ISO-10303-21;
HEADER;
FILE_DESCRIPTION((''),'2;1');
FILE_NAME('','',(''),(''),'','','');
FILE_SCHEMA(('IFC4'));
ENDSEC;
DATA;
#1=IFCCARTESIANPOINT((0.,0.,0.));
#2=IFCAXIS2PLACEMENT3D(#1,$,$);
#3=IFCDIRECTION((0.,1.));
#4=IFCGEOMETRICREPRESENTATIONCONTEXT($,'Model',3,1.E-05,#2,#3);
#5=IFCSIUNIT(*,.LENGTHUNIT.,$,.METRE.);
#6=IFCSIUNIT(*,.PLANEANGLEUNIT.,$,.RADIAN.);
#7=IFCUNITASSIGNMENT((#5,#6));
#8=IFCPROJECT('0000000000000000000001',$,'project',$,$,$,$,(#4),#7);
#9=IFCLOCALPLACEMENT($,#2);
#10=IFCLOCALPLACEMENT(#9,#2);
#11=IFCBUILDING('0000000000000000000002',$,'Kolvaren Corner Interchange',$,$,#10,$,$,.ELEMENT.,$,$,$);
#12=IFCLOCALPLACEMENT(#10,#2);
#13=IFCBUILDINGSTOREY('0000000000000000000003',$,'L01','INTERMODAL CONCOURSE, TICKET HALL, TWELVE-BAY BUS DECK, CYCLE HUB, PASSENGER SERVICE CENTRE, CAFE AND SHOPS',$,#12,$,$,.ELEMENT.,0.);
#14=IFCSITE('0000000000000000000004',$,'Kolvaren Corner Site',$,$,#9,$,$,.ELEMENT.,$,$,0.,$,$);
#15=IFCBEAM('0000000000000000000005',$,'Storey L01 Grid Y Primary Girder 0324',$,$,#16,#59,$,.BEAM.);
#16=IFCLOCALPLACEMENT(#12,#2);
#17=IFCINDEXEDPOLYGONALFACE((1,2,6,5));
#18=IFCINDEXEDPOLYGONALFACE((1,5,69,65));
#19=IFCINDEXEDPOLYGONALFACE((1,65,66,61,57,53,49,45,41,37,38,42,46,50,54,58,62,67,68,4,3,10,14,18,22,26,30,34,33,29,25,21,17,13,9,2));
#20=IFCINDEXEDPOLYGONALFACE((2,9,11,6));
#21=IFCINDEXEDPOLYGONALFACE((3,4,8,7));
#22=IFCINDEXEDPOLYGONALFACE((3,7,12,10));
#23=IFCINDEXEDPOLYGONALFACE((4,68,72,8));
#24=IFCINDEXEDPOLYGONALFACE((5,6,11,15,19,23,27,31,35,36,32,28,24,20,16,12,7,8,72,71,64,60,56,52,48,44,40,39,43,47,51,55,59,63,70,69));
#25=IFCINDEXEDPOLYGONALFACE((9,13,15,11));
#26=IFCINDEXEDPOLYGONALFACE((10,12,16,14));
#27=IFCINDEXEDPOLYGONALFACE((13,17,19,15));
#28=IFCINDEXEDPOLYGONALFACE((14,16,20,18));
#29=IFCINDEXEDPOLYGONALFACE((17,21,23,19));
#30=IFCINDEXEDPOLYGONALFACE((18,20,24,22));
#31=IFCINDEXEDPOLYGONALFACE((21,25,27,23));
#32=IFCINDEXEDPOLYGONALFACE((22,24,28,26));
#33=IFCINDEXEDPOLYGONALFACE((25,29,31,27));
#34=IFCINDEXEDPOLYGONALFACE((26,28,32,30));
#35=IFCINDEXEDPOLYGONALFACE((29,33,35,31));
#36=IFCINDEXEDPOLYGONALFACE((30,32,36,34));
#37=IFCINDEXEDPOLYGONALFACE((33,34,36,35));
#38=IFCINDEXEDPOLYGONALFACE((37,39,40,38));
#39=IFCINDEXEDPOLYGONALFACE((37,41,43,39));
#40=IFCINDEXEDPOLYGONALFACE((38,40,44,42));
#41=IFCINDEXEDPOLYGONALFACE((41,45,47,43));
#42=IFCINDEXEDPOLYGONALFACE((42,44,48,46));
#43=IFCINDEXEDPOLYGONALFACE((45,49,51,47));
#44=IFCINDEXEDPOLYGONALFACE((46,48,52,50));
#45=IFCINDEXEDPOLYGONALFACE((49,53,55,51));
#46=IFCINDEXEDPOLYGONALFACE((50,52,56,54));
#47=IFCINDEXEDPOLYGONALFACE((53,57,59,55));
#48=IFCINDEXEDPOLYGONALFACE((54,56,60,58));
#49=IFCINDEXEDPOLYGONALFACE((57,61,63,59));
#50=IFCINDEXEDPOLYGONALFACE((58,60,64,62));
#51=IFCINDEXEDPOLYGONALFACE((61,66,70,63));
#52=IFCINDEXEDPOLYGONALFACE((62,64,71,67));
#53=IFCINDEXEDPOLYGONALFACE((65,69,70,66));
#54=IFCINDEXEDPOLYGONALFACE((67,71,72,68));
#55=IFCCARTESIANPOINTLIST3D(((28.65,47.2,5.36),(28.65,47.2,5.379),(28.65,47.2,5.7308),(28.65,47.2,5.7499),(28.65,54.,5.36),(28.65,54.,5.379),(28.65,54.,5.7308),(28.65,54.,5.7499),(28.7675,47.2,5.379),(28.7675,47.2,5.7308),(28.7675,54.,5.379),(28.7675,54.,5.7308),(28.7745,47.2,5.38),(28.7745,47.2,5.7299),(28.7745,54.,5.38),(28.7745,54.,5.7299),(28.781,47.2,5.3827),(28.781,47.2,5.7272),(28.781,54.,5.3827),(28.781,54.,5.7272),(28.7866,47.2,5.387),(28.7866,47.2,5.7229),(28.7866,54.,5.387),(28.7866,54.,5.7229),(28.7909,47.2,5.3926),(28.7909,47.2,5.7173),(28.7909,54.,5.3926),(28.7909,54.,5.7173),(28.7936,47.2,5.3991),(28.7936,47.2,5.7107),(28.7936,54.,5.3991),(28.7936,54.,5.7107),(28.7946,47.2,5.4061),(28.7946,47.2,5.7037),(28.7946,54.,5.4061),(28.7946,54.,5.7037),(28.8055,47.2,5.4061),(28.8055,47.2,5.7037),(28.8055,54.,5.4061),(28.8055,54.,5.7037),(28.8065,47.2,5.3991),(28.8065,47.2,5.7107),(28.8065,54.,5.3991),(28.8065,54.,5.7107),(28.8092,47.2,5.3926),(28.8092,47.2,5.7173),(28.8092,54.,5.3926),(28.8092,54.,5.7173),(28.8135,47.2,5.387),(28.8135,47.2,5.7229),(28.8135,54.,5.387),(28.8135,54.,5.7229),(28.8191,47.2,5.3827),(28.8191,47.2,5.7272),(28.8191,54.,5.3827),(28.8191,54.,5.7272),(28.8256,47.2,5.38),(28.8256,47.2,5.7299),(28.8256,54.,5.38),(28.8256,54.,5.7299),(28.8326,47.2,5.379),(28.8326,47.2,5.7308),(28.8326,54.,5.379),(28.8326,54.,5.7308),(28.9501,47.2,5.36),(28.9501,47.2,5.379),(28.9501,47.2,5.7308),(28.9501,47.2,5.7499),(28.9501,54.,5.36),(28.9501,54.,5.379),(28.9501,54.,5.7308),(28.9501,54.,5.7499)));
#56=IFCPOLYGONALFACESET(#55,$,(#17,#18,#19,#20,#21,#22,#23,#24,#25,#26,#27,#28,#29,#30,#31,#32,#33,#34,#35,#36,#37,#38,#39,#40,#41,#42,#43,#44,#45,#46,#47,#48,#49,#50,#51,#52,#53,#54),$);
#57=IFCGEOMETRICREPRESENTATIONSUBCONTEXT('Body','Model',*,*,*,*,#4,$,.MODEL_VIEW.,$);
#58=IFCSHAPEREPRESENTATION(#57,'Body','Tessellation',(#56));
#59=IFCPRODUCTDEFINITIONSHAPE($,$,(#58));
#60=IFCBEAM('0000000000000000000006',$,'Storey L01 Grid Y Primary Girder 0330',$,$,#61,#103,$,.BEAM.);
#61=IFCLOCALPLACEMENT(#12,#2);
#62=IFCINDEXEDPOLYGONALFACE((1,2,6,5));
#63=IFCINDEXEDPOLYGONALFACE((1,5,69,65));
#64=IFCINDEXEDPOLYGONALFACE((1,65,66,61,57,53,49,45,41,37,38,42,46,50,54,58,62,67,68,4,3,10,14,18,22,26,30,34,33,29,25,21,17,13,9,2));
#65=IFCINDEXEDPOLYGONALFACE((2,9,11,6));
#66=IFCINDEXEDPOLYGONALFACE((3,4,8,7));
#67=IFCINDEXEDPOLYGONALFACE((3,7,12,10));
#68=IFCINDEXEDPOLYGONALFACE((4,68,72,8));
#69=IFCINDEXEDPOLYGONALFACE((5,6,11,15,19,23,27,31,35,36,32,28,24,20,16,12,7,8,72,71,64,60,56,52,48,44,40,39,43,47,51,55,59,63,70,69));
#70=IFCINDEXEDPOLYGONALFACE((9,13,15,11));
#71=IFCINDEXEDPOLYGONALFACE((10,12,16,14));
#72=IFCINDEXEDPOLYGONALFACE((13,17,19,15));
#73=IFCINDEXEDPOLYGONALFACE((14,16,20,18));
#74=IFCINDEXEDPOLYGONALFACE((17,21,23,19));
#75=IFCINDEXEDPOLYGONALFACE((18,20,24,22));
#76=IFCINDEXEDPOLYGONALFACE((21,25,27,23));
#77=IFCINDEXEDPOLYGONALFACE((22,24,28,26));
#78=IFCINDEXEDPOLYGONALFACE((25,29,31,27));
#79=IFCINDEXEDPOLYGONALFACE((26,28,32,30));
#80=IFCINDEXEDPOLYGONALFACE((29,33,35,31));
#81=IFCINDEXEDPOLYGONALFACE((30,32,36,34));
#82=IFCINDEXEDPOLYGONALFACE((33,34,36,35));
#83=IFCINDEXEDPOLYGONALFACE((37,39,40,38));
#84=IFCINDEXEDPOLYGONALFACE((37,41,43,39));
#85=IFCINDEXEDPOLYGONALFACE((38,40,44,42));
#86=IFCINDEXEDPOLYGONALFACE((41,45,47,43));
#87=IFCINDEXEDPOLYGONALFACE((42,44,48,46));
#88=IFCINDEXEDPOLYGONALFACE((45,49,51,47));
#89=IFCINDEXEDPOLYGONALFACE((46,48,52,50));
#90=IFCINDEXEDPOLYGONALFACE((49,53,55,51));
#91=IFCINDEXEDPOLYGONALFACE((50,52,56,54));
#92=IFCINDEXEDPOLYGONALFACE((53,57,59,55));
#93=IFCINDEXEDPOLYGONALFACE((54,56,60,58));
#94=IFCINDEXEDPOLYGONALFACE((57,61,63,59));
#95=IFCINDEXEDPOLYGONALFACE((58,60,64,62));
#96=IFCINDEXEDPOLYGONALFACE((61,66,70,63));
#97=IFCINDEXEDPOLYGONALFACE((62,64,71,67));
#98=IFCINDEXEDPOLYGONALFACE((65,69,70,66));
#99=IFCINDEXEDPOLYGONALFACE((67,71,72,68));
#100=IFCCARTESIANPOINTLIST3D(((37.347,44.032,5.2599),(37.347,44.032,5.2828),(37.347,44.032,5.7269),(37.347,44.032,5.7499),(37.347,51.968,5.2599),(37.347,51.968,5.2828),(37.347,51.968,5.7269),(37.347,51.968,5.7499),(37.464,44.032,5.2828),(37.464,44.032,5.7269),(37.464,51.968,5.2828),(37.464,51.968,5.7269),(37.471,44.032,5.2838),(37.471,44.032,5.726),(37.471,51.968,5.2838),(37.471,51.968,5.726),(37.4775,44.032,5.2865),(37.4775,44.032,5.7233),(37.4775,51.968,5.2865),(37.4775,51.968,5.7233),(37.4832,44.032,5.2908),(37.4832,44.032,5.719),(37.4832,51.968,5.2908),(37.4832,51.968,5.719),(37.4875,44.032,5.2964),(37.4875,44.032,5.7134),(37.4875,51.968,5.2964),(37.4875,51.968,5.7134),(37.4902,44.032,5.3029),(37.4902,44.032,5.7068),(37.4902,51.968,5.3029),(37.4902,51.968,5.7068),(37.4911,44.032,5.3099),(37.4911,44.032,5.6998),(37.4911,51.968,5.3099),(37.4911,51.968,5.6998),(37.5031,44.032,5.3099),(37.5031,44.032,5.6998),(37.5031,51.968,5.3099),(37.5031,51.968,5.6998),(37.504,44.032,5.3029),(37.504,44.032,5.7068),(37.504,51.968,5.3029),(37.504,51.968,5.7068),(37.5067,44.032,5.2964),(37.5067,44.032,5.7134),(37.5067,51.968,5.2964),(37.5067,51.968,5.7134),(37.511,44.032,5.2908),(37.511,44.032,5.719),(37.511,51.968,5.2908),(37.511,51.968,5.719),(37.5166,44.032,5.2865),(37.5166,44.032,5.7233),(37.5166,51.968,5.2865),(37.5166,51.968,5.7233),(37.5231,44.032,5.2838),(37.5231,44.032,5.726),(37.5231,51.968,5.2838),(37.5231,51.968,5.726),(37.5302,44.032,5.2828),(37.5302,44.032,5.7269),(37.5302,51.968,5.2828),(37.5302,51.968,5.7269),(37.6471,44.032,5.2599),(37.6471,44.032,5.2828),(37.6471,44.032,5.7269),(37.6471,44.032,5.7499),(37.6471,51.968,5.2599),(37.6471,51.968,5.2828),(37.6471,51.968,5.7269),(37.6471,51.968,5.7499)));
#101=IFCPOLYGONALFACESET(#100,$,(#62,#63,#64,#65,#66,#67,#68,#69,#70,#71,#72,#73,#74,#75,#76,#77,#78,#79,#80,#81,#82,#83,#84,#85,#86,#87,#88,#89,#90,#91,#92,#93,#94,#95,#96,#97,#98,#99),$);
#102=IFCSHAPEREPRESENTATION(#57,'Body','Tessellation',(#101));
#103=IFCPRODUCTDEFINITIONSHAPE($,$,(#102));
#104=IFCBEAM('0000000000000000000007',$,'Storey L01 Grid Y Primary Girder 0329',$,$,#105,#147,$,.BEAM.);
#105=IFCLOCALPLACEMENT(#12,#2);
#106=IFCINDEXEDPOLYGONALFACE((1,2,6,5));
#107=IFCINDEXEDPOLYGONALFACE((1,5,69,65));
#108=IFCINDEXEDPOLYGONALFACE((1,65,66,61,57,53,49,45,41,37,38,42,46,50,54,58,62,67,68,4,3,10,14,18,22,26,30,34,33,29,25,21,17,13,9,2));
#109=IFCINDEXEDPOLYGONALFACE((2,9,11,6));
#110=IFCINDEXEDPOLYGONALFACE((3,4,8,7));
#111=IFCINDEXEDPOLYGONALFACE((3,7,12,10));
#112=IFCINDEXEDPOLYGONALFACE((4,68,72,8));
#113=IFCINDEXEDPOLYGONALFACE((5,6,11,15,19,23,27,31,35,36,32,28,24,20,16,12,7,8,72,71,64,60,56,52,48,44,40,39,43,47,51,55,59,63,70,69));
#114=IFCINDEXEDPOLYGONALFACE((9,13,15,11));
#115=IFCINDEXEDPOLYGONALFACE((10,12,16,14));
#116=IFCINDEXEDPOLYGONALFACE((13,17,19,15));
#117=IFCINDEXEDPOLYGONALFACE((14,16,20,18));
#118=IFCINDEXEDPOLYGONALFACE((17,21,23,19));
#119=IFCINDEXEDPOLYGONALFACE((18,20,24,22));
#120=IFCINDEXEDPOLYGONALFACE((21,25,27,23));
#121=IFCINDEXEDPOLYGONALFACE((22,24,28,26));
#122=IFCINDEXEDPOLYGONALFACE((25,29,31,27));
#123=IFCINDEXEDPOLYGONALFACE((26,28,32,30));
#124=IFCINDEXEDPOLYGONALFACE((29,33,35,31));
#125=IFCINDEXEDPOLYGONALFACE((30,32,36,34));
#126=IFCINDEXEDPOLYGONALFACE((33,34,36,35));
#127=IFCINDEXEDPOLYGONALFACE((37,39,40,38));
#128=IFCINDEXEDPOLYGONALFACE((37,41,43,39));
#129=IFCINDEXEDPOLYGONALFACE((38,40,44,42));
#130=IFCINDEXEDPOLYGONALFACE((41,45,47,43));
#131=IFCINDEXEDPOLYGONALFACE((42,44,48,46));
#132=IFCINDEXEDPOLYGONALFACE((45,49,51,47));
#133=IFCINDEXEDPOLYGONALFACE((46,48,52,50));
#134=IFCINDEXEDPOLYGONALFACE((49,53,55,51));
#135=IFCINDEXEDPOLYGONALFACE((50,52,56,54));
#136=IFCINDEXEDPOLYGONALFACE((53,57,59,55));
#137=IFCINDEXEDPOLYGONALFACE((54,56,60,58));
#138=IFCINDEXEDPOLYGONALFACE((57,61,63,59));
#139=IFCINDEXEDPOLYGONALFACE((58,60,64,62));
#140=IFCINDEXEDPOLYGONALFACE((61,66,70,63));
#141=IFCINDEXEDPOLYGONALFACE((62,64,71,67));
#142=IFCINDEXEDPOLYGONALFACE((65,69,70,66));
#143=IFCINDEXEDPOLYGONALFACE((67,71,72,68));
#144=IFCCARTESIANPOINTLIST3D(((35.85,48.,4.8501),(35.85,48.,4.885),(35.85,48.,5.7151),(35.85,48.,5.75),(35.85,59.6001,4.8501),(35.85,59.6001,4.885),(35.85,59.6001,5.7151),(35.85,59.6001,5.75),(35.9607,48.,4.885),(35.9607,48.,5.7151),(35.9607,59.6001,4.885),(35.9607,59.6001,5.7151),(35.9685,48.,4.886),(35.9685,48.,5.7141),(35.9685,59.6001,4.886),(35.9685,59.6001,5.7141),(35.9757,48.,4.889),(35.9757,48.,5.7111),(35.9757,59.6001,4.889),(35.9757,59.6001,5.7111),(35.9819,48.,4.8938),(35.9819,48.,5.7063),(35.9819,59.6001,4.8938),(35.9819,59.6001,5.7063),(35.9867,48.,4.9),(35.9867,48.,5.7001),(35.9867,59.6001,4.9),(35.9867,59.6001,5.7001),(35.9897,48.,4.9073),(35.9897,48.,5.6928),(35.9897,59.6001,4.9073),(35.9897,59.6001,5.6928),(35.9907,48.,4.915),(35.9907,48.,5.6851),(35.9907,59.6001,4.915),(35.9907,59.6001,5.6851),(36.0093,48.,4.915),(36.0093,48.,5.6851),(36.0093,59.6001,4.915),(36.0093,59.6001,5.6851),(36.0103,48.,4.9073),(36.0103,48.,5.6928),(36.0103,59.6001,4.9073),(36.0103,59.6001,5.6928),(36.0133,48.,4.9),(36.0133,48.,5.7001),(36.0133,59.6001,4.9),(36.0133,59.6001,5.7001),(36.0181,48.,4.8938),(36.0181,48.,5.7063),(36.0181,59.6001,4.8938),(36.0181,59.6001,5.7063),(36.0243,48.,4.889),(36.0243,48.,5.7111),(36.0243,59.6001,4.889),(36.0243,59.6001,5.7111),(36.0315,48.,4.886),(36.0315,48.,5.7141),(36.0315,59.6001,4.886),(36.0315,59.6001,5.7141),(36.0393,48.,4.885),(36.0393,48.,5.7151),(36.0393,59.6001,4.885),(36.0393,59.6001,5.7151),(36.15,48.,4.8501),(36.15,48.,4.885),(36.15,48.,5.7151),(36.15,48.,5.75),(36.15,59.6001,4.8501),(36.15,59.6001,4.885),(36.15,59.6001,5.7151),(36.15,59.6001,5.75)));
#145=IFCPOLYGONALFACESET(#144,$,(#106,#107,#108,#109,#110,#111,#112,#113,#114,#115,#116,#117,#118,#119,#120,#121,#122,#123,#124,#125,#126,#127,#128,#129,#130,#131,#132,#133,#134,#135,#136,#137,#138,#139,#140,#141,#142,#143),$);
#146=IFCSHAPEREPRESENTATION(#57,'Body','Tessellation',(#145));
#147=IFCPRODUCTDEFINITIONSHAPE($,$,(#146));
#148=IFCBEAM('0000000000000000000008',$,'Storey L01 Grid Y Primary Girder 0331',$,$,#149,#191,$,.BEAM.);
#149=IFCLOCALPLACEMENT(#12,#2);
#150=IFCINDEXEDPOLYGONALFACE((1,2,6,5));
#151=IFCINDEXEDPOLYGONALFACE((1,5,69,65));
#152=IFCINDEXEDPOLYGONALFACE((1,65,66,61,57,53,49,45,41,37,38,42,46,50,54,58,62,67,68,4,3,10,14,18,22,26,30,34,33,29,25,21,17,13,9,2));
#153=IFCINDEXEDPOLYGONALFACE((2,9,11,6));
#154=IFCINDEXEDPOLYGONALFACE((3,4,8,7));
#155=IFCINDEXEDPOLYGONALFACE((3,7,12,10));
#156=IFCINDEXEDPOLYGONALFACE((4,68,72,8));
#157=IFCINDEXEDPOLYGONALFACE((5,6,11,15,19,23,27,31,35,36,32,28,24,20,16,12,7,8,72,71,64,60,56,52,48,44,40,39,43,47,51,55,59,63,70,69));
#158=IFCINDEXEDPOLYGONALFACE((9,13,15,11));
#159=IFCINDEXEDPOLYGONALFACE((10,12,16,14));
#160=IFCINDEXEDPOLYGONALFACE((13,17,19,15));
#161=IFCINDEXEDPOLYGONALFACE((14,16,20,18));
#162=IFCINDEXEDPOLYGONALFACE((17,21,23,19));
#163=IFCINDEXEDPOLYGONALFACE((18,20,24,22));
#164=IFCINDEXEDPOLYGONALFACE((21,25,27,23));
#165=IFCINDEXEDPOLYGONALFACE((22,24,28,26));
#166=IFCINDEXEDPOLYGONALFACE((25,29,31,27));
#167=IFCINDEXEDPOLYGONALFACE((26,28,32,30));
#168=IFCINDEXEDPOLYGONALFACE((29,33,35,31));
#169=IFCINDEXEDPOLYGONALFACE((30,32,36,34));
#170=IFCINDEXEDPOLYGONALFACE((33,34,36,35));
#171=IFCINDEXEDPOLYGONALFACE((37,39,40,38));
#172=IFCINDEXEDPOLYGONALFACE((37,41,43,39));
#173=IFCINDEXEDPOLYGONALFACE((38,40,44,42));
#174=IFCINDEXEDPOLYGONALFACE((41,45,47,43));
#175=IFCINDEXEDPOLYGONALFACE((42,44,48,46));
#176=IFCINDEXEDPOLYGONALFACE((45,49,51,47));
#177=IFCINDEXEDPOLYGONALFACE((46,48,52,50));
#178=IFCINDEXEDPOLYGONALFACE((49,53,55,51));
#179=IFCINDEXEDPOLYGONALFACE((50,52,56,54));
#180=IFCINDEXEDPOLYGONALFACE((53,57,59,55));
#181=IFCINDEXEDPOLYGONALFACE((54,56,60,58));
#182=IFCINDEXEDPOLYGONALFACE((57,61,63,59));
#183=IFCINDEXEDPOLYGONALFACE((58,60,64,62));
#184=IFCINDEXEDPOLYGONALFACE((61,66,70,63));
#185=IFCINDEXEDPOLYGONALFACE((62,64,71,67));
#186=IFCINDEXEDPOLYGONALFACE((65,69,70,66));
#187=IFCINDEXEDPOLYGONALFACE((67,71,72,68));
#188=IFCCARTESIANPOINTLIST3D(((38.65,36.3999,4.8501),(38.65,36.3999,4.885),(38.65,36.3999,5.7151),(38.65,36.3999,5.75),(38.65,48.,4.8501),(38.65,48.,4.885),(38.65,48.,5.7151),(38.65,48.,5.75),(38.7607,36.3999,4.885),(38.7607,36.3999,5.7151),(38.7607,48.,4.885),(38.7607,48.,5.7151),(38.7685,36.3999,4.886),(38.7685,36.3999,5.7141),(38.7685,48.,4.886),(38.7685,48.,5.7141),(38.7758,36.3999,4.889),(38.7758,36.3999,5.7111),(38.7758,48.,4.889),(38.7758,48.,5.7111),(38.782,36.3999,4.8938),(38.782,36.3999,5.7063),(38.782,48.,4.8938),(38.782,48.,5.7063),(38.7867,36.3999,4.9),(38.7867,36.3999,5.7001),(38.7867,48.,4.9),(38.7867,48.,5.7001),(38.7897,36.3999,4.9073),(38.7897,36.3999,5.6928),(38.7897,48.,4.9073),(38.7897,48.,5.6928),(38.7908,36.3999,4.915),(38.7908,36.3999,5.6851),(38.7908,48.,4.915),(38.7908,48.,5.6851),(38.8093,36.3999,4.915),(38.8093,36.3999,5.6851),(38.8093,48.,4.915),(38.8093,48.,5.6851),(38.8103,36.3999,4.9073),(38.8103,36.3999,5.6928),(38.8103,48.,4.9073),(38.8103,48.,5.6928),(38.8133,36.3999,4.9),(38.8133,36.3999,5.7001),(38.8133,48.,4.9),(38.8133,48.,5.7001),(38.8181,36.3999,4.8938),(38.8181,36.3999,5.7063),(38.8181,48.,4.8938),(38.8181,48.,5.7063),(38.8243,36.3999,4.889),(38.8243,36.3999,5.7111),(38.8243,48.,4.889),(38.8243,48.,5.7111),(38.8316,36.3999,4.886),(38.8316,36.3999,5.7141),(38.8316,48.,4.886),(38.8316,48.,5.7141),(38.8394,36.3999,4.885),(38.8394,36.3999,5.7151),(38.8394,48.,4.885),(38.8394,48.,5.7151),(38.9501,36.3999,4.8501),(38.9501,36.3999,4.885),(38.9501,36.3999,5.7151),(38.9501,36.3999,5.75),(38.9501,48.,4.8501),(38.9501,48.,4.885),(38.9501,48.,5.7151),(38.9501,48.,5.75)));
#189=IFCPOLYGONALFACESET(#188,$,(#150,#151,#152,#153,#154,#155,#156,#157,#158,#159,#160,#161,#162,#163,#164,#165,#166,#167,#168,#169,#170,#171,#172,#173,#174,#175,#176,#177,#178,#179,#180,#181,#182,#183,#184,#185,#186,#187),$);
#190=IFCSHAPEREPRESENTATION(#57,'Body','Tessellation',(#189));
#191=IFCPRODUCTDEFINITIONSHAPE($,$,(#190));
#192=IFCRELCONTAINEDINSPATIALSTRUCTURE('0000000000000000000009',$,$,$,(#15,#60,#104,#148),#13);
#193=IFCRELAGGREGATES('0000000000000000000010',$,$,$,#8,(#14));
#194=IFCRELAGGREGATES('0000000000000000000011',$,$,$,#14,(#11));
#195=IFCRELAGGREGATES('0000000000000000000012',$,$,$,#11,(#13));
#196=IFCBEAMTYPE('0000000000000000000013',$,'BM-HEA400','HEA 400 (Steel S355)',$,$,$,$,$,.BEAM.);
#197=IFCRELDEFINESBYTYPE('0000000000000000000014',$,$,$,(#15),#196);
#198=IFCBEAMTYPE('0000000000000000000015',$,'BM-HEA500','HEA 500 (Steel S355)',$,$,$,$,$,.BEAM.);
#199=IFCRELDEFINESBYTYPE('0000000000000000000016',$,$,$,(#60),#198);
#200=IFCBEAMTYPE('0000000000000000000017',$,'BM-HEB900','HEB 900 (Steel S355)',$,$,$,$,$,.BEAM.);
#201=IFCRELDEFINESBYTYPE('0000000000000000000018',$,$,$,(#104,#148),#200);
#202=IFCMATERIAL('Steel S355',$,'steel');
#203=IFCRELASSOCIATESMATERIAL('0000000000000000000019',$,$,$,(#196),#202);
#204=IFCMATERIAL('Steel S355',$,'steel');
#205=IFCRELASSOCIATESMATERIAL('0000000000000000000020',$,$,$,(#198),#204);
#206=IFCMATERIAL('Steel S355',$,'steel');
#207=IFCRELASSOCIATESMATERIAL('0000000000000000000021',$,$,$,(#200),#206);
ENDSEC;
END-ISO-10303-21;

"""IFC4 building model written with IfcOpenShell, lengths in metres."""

from ifc_helpers import new_model, si_unit, direction, frame, origin, origin_2d, place, context, subcontext, project, spatial, i_section, extrude, material, material_profile, profile_set, type_object, element, save


model = new_model("IFC4")

# Units and contexts
model_context = context("Model", 3, precision=1e-05, world=origin(), true_north=direction((0.0, 1.0)))
body_context = subcontext(model_context, "Body", "Model", "MODEL_VIEW")
ifc_project = project(units=[si_unit("LENGTHUNIT", "METRE"), si_unit("PLANEANGLEUNIT", "RADIAN")], contexts=[model_context])

# Site, building, storey
site_placement = place(None, origin())
site = spatial("IfcSite", under=ifc_project, at=site_placement, Name="Kolvaren Corner Site", CompositionType="ELEMENT", RefElevation=0.0)
building_placement = place(site_placement, origin())
building = spatial("IfcBuilding", under=site, at=building_placement, Name="Kolvaren Corner Interchange", CompositionType="ELEMENT")
storey_placement = place(building_placement, origin())
storey = spatial("IfcBuildingStorey", under=building, at=storey_placement, Name="L01", Description="INTERMODAL CONCOURSE, TICKET HALL, TWELVE-BAY BUS DECK, CYCLE HUB, PASSENGER SERVICE CENTRE, CAFE AND SHOPS", CompositionType="ELEMENT", Elevation=0.0)

# Beams
ifc_material_1 = material(Name="Steel S355", Category="steel")
ifc_material_profile_1 = material_profile(ifc_material_1, i_section(OverallWidth=0.3, OverallDepth=0.3899, WebThickness=0.011, FlangeThickness=0.019, FilletRadius=0.0271, at=origin_2d()), Name="HEA 400")
ifc_profile_set_1 = profile_set([ifc_material_profile_1], Name="Steel S355")
beam_type_1 = type_object("IfcBeamType", Name="BM-HEA400", Description="HEA 400 (Steel S355)", PredefinedType="BEAM", material=ifc_profile_set_1)
beam_1_placement = place(storey_placement, frame((28.8, 47.2, 5.5549), z_axis=(0.0, 1.0, 0.0), x_axis=(-1.0, 0.0, 0.0)))
element("IfcBeam", 1, at=beam_1_placement, inside=storey, type_object=beam_type_1, Name="Storey L01 Grid Y Primary Girder 0324", PredefinedType="BEAM", context=body_context, shape_type="SweptSolid", body=[
    extrude(i_section(OverallWidth=0.3, OverallDepth=0.3899, WebThickness=0.011, FlangeThickness=0.019, FilletRadius=0.0271, at=origin_2d()), origin(), (0.0, 0.0, 1.0), 6.8),
])
ifc_material_2 = material(Name="Steel S355", Category="steel")
ifc_material_profile_2 = material_profile(ifc_material_2, i_section(OverallWidth=0.3, OverallDepth=0.49, WebThickness=0.012, FlangeThickness=0.0229, FilletRadius=0.0271, at=origin_2d()), Name="HEA 500")
ifc_profile_set_2 = profile_set([ifc_material_profile_2], Name="Steel S355")
beam_type_2 = type_object("IfcBeamType", Name="BM-HEA500", Description="HEA 500 (Steel S355)", PredefinedType="BEAM", material=ifc_profile_set_2)
beam_2_placement = place(storey_placement, frame((37.4971, 44.032, 5.5049), z_axis=(0.0, 1.0, 0.0), x_axis=(-1.0, 0.0, 0.0)))
element("IfcBeam", 2, at=beam_2_placement, inside=storey, type_object=beam_type_2, Name="Storey L01 Grid Y Primary Girder 0330", PredefinedType="BEAM", context=body_context, shape_type="SweptSolid", body=[
    extrude(i_section(OverallWidth=0.3, OverallDepth=0.49, WebThickness=0.012, FlangeThickness=0.0229, FilletRadius=0.0271, at=origin_2d()), origin(), (0.0, 0.0, 1.0), 7.936),
])
ifc_material_3 = material(Name="Steel S355", Category="steel")
ifc_material_profile_3 = material_profile(ifc_material_3, i_section(OverallWidth=0.3, OverallDepth=0.8999, WebThickness=0.0186, FlangeThickness=0.0349, FilletRadius=0.03, at=origin_2d()), Name="HEB 900")
ifc_profile_set_3 = profile_set([ifc_material_profile_3], Name="Steel S355")
beam_type_3 = type_object("IfcBeamType", Name="BM-HEB900", Description="HEB 900 (Steel S355)", PredefinedType="BEAM", material=ifc_profile_set_3)
for number, where, z_axis, x_axis, name in (
    (3, (36.0, 48.0, 5.3), (0.0, 1.0, 0.0), (-1.0, 0.0, 0.0), "Storey L01 Grid Y Primary Girder 0329"),
    (4, (38.8, 36.3999, 5.3), (0.0, 1.0, 0.0), (-1.0, 0.0, 0.0), "Storey L01 Grid Y Primary Girder 0331"),
):
    element("IfcBeam", number, at=place(storey_placement, frame(where, z_axis=z_axis, x_axis=x_axis)), inside=storey, type_object=beam_type_3, Name=name, PredefinedType="BEAM", context=body_context, shape_type="SweptSolid", body=[
        extrude(i_section(OverallWidth=0.3, OverallDepth=0.8999, WebThickness=0.0186, FlangeThickness=0.0349, FilletRadius=0.03, at=origin_2d()), origin(), (0.0, 0.0, 1.0), 11.6001),
    ])

save(model, "model.ifc")
